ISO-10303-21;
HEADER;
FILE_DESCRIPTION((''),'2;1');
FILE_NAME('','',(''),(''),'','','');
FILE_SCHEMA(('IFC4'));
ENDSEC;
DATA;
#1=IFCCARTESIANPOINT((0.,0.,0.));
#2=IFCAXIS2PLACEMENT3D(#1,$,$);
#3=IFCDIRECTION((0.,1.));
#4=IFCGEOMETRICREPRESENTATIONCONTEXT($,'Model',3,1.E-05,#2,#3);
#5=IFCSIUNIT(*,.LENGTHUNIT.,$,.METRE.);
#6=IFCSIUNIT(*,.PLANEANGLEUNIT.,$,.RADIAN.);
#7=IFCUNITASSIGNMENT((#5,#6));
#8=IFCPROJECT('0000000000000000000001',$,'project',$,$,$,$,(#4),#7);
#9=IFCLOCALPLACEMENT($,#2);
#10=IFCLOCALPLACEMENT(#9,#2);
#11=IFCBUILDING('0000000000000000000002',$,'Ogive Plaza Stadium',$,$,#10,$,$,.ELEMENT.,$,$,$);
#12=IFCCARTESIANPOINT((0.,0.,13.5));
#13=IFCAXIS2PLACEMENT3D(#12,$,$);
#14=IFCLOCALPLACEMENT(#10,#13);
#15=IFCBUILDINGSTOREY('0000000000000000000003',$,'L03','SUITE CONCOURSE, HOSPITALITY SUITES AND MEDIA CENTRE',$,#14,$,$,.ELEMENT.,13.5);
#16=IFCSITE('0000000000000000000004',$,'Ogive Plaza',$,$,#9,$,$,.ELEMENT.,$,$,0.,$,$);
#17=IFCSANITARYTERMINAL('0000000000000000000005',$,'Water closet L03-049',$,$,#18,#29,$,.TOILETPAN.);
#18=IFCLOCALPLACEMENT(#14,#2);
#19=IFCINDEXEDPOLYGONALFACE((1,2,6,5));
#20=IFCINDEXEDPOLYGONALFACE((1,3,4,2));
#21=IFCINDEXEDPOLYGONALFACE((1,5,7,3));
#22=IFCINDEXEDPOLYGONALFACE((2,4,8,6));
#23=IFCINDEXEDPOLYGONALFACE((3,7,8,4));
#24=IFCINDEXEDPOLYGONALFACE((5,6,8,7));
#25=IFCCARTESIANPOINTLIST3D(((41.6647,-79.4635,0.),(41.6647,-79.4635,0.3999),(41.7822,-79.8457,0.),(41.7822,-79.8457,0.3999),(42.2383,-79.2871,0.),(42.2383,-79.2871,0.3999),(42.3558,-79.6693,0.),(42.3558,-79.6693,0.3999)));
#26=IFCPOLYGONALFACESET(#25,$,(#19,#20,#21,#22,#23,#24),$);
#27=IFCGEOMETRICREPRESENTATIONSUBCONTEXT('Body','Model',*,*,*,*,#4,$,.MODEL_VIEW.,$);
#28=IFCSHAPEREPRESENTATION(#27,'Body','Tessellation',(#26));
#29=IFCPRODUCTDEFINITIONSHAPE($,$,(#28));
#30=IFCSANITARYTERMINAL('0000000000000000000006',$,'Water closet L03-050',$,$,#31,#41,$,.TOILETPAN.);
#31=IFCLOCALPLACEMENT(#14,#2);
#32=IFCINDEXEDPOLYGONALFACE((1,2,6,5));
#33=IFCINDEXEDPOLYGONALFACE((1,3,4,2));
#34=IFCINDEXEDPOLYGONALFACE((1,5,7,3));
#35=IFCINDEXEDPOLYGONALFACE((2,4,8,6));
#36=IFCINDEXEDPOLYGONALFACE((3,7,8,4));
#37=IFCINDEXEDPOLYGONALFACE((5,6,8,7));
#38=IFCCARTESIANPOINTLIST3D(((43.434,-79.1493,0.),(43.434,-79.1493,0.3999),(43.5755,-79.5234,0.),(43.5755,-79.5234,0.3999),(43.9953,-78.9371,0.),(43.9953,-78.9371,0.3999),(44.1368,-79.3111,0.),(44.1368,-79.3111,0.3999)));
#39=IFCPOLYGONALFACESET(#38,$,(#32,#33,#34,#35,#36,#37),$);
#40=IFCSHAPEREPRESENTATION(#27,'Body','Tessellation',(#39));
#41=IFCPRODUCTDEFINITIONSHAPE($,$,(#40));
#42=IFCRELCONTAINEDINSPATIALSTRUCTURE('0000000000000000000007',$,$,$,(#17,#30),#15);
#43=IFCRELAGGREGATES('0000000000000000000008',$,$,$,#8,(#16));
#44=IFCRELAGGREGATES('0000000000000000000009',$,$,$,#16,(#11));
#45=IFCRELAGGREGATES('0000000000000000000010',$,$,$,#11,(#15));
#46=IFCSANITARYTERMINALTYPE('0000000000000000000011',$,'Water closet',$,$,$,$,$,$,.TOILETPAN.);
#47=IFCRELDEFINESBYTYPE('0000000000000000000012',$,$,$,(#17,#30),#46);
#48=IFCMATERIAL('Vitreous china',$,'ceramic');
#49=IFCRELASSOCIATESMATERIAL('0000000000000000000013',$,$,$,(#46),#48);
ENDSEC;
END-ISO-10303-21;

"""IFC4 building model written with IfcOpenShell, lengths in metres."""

from ifc_helpers import new_model, si_unit, direction, frame, origin, origin_2d, place, context, subcontext, project, spatial, rectangle, extrude, material, type_object, element, save


model = new_model("IFC4")

# Units and contexts
model_context = context("Model", 3, precision=1e-05, world=origin(), true_north=direction((0.0, 1.0)))
body_context = subcontext(model_context, "Body", "Model", "MODEL_VIEW")
ifc_project = project(units=[si_unit("LENGTHUNIT", "METRE"), si_unit("PLANEANGLEUNIT", "RADIAN")], contexts=[model_context])

# Site, building, storey
site_placement = place(None, origin())
site = spatial("IfcSite", under=ifc_project, at=site_placement, Name="Ogive Plaza", CompositionType="ELEMENT", RefElevation=0.0)
building_placement = place(site_placement, origin())
building = spatial("IfcBuilding", under=site, at=building_placement, Name="Ogive Plaza Stadium", CompositionType="ELEMENT")
storey_placement = place(building_placement, frame((0.0, 0.0, 13.5)))
storey = spatial("IfcBuildingStorey", under=building, at=storey_placement, Name="L03", Description="SUITE CONCOURSE, HOSPITALITY SUITES AND MEDIA CENTRE", CompositionType="ELEMENT", Elevation=13.5)

# Sanitary terminals
ifc_material_1 = material(Name="Vitreous china", Category="ceramic")
sanitary_terminal_type_1 = type_object("IfcSanitaryTerminalType", Name="Water closet", PredefinedType="TOILETPAN", material=ifc_material_1)
for number, where, z_axis, x_axis, name in (
    (1, (42.0103, -79.5664, 0.0), (0.0, 0.0, 1.0), (0.293959, -0.955818, 0.0), "Water closet L03-049"),
    (2, (43.7854, -79.2302, 0.0), (0.0, 0.0, 1.0), (0.353648, -0.935379, 0.0), "Water closet L03-050"),
):
    element("IfcSanitaryTerminal", number, at=place(storey_placement, frame(where, z_axis=z_axis, x_axis=x_axis)), inside=storey, type_object=sanitary_terminal_type_1, Name=name, PredefinedType="TOILETPAN", context=body_context, shape_type="SweptSolid", body=[
        extrude(rectangle(XDim=0.3999, YDim=0.6001, at=origin_2d()), origin(), (0.0, 0.0, 1.0), 0.3999),
    ])

save(model, "model.ifc")
